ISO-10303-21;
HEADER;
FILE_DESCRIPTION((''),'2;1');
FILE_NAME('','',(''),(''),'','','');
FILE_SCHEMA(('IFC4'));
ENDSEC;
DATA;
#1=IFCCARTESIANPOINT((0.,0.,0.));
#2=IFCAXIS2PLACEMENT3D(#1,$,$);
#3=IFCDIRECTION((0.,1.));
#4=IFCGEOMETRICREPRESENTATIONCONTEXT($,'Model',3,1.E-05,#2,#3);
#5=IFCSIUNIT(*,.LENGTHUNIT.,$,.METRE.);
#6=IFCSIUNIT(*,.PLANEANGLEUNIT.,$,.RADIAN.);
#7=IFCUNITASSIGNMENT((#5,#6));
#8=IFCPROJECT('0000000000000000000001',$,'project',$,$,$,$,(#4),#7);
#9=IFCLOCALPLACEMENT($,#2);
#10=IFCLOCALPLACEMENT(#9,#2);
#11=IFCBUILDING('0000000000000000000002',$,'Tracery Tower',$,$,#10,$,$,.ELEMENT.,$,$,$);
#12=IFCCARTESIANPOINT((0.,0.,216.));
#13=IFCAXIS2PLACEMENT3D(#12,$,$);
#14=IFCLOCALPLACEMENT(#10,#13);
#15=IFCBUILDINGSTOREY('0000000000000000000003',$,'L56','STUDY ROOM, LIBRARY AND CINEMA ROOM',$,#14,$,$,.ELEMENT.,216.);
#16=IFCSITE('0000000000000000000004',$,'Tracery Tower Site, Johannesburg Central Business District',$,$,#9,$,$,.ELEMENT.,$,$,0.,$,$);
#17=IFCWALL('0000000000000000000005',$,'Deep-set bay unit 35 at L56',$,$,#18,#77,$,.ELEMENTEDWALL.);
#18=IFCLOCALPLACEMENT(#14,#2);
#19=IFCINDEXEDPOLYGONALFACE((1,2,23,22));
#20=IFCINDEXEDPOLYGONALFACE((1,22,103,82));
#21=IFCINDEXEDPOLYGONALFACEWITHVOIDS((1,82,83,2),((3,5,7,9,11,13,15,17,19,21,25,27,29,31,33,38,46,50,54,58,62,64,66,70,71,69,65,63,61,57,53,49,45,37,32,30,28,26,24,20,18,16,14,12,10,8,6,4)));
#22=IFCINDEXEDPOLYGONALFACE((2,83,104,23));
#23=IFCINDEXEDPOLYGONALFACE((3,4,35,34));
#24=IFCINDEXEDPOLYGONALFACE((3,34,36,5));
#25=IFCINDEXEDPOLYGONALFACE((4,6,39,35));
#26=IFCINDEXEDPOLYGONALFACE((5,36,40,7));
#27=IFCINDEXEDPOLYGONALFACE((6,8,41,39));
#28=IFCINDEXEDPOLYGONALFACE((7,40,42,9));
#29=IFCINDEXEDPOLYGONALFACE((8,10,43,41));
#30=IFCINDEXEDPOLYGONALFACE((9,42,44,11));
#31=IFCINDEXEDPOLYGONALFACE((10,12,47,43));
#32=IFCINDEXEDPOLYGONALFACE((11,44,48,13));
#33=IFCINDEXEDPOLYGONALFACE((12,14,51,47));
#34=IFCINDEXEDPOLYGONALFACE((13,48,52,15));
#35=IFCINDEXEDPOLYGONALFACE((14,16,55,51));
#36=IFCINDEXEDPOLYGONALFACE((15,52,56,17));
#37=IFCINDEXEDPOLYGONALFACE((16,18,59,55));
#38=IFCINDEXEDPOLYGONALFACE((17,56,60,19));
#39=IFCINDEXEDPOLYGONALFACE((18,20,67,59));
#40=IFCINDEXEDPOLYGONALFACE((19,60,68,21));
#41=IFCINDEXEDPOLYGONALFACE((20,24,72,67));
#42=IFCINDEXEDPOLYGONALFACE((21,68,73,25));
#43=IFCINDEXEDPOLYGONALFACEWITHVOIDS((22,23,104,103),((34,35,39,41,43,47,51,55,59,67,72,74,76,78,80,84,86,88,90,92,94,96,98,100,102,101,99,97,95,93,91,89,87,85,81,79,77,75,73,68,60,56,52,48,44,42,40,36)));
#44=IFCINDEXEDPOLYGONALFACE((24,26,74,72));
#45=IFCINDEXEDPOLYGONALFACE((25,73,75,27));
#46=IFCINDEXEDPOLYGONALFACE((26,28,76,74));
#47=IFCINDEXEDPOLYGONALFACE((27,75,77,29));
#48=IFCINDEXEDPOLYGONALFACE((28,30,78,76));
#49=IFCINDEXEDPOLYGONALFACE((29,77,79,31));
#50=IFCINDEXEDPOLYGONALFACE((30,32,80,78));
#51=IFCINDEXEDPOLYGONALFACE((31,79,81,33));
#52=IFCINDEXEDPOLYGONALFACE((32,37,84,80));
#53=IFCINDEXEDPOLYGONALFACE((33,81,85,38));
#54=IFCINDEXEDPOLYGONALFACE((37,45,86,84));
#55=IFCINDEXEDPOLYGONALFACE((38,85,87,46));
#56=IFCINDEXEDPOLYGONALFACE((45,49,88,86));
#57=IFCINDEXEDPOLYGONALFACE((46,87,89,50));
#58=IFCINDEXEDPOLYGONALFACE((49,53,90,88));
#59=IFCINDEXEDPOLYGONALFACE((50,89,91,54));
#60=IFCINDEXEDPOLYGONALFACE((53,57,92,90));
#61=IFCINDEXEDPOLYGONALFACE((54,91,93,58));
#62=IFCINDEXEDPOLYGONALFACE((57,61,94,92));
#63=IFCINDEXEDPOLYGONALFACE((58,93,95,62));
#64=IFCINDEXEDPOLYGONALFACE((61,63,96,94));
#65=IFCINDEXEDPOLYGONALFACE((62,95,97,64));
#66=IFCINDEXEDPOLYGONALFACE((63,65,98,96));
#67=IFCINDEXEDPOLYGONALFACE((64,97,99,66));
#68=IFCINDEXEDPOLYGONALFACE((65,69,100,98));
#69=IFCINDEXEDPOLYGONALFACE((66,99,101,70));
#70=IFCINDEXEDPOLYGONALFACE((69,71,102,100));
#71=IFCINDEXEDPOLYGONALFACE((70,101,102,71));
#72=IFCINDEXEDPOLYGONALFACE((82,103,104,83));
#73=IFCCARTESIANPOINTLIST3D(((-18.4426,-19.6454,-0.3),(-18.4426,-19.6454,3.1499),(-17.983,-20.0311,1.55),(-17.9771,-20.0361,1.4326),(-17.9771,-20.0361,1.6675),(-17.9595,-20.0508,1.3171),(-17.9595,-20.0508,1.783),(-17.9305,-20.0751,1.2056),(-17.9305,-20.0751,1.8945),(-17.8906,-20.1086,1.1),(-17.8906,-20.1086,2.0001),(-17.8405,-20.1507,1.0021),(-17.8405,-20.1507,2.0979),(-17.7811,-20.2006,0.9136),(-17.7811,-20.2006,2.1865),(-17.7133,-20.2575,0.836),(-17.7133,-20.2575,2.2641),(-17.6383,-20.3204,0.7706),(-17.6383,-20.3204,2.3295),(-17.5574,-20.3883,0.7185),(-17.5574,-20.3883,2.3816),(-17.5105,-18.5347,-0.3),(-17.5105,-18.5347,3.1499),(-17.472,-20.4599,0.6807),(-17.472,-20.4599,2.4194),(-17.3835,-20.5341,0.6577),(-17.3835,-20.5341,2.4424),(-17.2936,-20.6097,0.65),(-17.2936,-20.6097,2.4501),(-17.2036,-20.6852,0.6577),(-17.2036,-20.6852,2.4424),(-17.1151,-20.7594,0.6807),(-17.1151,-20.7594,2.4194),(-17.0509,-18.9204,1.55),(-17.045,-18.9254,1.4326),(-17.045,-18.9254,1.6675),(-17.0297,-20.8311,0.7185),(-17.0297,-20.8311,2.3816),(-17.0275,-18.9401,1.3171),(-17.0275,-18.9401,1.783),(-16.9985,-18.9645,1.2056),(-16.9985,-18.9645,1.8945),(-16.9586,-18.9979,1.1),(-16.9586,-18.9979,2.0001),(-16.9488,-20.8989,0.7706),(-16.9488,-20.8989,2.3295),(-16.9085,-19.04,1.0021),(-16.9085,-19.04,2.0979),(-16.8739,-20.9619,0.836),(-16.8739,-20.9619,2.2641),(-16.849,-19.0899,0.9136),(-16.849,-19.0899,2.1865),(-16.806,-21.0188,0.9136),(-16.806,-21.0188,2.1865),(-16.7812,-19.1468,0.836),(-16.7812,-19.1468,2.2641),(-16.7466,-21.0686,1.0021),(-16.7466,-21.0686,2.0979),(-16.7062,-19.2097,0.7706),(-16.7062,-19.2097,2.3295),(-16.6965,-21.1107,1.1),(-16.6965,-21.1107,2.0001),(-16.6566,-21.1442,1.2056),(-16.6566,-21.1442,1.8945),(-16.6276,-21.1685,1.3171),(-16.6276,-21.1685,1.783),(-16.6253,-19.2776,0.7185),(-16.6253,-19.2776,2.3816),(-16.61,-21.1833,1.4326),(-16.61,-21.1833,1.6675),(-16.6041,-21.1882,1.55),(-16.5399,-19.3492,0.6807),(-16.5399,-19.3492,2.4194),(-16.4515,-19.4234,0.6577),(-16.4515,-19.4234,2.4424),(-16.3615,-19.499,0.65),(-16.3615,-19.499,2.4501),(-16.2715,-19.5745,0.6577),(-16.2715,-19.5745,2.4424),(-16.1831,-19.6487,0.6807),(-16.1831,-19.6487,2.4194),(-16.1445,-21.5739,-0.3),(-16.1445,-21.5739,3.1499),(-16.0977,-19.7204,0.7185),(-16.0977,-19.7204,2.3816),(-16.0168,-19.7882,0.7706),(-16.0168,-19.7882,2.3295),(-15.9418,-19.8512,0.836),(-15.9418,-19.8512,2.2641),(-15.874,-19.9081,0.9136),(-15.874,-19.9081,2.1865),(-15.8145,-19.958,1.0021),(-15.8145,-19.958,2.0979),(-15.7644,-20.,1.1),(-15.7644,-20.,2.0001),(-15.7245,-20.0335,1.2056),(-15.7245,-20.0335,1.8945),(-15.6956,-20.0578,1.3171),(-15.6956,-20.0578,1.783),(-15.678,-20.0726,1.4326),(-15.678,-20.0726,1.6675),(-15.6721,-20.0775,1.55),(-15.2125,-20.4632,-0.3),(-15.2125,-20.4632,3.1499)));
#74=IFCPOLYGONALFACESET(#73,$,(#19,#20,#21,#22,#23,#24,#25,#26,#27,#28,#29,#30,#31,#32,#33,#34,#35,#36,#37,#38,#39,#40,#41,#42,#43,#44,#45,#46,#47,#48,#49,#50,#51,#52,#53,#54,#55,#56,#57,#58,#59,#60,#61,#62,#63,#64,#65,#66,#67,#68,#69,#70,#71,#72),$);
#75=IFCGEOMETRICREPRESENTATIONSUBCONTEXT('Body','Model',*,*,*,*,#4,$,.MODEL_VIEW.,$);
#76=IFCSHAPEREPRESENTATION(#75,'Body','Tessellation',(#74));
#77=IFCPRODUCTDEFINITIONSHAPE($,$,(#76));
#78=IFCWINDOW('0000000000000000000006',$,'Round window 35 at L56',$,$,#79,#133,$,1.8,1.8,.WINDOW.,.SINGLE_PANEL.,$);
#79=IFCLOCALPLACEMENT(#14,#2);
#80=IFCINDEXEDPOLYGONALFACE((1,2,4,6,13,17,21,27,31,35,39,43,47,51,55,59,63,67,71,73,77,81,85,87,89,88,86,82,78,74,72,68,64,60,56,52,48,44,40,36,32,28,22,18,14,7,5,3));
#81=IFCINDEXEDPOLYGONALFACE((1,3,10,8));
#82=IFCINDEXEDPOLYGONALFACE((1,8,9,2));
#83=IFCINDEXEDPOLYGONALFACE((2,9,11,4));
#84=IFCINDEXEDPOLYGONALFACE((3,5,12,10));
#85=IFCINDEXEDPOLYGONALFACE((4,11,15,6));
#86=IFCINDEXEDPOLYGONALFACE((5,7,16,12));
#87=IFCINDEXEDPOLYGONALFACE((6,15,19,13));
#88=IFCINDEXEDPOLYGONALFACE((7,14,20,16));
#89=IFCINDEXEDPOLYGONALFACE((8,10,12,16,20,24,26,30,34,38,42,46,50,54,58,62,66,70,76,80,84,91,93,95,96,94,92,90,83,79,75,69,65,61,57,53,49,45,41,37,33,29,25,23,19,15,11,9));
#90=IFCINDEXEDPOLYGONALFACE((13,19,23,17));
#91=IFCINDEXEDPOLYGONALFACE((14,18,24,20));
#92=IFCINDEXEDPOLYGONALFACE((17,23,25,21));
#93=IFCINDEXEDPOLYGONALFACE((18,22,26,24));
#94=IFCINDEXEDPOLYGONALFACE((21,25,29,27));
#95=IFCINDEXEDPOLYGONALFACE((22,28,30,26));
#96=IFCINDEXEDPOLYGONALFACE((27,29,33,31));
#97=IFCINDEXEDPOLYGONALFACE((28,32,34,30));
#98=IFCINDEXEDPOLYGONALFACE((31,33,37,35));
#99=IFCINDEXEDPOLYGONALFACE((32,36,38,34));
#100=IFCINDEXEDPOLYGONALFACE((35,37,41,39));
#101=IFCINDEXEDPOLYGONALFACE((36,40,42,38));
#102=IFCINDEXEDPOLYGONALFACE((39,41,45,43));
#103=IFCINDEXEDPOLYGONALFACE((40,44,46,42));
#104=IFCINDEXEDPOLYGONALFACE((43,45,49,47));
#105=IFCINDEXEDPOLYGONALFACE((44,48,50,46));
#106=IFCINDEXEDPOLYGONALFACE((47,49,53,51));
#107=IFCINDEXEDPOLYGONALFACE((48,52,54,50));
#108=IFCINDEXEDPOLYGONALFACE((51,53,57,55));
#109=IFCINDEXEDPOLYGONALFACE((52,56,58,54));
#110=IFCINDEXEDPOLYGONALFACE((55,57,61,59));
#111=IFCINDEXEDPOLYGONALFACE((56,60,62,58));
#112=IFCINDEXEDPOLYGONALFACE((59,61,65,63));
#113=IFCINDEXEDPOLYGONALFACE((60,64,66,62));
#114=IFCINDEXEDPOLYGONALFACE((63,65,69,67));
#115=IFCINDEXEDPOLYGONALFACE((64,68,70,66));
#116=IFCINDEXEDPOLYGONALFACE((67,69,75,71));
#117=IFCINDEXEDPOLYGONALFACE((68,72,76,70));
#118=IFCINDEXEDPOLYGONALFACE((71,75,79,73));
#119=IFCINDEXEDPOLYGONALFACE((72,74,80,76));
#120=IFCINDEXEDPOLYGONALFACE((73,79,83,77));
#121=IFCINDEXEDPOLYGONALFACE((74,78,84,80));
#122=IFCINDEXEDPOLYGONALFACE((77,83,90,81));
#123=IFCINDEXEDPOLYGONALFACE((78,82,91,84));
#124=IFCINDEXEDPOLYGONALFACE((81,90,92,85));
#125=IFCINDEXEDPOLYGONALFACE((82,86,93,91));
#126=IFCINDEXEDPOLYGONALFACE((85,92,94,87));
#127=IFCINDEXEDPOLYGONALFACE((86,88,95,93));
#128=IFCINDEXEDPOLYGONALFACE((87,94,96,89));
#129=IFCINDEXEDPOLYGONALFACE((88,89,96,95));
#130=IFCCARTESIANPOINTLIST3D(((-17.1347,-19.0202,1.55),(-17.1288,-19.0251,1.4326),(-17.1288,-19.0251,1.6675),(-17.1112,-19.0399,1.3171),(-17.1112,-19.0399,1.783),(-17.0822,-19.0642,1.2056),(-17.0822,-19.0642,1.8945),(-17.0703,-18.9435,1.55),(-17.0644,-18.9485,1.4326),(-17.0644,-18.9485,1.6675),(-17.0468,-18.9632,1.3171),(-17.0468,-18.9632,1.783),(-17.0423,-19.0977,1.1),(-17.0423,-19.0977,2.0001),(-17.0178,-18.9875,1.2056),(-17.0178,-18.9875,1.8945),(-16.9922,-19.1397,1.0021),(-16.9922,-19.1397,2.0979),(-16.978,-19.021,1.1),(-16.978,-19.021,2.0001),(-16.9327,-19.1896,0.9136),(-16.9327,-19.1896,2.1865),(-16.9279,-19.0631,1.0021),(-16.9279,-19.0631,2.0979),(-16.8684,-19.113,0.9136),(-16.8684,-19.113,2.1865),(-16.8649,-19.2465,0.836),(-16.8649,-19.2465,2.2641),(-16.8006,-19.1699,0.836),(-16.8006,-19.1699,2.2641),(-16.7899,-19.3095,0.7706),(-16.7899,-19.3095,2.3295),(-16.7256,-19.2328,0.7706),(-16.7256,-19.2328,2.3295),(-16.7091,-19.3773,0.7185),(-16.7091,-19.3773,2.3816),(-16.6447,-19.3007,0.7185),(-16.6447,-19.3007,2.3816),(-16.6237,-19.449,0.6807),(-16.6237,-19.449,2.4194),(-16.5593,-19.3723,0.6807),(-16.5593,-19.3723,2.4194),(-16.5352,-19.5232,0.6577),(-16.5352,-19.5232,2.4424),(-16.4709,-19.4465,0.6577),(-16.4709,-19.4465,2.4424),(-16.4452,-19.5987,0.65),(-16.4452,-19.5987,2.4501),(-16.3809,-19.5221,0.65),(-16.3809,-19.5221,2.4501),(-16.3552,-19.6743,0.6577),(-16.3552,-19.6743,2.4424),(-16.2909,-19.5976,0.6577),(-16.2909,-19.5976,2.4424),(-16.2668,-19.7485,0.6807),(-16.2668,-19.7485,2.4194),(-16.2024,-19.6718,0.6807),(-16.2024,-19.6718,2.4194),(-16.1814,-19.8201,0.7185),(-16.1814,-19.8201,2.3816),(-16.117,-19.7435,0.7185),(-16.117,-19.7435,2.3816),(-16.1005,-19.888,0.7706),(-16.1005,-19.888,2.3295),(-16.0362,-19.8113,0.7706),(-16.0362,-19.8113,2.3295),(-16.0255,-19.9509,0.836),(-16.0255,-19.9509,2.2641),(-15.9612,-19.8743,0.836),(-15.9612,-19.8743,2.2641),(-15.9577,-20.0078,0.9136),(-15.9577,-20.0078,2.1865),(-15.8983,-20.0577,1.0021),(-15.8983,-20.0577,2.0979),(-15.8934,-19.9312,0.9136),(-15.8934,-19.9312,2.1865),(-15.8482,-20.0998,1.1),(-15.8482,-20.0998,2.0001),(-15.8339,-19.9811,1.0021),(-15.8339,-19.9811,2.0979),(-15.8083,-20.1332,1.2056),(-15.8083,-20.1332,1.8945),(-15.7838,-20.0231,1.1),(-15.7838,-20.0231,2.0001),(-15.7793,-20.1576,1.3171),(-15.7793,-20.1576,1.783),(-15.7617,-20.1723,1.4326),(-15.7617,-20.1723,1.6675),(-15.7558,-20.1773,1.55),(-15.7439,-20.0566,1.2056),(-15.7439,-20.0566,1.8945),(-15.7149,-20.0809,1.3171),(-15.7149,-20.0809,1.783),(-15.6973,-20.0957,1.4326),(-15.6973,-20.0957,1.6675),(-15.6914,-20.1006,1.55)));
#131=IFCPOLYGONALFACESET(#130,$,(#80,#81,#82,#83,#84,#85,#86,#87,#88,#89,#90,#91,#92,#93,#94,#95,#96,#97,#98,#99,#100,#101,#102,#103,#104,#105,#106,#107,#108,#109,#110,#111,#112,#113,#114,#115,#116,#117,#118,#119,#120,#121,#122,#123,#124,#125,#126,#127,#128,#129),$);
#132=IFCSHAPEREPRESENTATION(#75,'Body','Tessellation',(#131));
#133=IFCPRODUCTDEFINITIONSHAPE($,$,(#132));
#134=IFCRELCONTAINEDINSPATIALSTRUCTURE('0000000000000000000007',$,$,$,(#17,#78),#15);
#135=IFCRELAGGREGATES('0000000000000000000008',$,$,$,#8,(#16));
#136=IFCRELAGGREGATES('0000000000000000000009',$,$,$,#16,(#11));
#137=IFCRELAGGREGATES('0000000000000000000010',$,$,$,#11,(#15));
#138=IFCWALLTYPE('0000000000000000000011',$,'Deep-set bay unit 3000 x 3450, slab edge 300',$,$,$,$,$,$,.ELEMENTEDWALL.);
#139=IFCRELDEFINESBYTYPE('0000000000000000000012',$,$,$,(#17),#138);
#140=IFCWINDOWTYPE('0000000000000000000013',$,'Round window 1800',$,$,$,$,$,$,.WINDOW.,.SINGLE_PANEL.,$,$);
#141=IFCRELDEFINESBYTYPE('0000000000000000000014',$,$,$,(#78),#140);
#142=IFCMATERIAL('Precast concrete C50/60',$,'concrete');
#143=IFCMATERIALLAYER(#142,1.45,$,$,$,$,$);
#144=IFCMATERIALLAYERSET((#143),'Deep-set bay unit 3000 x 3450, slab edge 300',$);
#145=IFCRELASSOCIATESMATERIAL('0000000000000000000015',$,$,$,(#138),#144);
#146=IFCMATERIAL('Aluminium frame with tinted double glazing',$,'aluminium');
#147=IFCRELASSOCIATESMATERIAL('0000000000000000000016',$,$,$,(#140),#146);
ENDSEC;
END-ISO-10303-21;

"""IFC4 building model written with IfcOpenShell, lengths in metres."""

from ifc_helpers import new_model, si_unit, direction, frame, frame_2d, origin, origin_2d, place, context, subcontext, project, spatial, rectangle, circle, extrude, material, layer, layer_set, type_object, element, fill, save


model = new_model("IFC4")

# Units and contexts
model_context = context("Model", 3, precision=1e-05, world=origin(), true_north=direction((0.0, 1.0)))
body_context = subcontext(model_context, "Body", "Model", "MODEL_VIEW")
ifc_project = project(units=[si_unit("LENGTHUNIT", "METRE"), si_unit("PLANEANGLEUNIT", "RADIAN")], contexts=[model_context])

# Site, building, storey
site_placement = place(None, origin())
site = spatial("IfcSite", under=ifc_project, at=site_placement, Name="Tracery Tower Site, Johannesburg Central Business District", CompositionType="ELEMENT", RefElevation=0.0)
building_placement = place(site_placement, origin())
building = spatial("IfcBuilding", under=site, at=building_placement, Name="Tracery Tower", CompositionType="ELEMENT")
storey_placement = place(building_placement, frame((0.0, 0.0, 216.0)))
storey = spatial("IfcBuildingStorey", under=building, at=storey_placement, Name="L56", Description="STUDY ROOM, LIBRARY AND CINEMA ROOM", CompositionType="ELEMENT", Elevation=216.0)

# Wall, opening, window
ifc_material_1 = material(Name="Precast concrete C50/60", Category="concrete")
ifc_layer_1 = layer(ifc_material_1, 1.45)
ifc_layer_set_1 = layer_set([ifc_layer_1], Name="Deep-set bay unit 3000 x 3450, slab edge 300")
wall_type_1 = type_object("IfcWallType", Name="Deep-set bay unit 3000 x 3450, slab edge 300", PredefinedType="ELEMENTEDWALL", material=ifc_layer_set_1)
ifc_material_2 = material(Name="Aluminium frame with tinted double glazing", Category="aluminium")
window_type = type_object("IfcWindowType", Name="Round window 1800", PartitioningType="SINGLE_PANEL", PredefinedType="WINDOW", material=ifc_material_2)
wall_1_placement = place(storey_placement, frame((-17.9766, -19.0901, -0.3), z_axis=(0.0, 0.0, 1.0), x_axis=(0.766022, -0.642814, 0.0)))
wall_1 = element("IfcWall", 1, at=wall_1_placement, inside=storey, type_object=wall_type_1, Name="Deep-set bay unit 35 at L56", PredefinedType="ELEMENTEDWALL", context=body_context, shape_type="SweptSolid", body=[
    extrude(rectangle(XDim=3.0, YDim=1.45, at=frame_2d((1.5, 0.0))), origin(), (0.0, 0.0, 1.0), 3.45),
])
opening_1_placement = place(wall_1_placement, frame((1.5, 0.0, 1.8501)))
opening_1 = element("IfcOpeningElement", 2, at=opening_1_placement, cuts=wall_1, PredefinedType="OPENING", context=body_context, shape_type="SweptSolid", body=[
    extrude(circle(Radius=0.9, at=origin_2d()), frame((0.0, 0.7349, 0.0), z_axis=(0.0, -1.0, 0.0), x_axis=(1.0, 0.0, 0.0)), (0.0, 0.0, 1.0), 1.47),
])
window_1_placement = place(opening_1_placement, origin())
window_1 = element("IfcWindow", 3, at=window_1_placement, inside=storey, type_object=window_type, Name="Round window 35 at L56", OverallHeight=1.8, OverallWidth=1.8, PartitioningType="SINGLE_PANEL", PredefinedType="WINDOW", context=body_context, shape_type="SweptSolid", body=[
    extrude(circle(Radius=0.9, at=origin_2d()), frame((0.0, 0.6948, 0.0), z_axis=(0.0, -1.0, 0.0), x_axis=(1.0, 0.0, 0.0)), (0.0, 0.0, 1.0), 0.1001),
])
fill(opening_1, window_1)

save(model, "model.ifc")
